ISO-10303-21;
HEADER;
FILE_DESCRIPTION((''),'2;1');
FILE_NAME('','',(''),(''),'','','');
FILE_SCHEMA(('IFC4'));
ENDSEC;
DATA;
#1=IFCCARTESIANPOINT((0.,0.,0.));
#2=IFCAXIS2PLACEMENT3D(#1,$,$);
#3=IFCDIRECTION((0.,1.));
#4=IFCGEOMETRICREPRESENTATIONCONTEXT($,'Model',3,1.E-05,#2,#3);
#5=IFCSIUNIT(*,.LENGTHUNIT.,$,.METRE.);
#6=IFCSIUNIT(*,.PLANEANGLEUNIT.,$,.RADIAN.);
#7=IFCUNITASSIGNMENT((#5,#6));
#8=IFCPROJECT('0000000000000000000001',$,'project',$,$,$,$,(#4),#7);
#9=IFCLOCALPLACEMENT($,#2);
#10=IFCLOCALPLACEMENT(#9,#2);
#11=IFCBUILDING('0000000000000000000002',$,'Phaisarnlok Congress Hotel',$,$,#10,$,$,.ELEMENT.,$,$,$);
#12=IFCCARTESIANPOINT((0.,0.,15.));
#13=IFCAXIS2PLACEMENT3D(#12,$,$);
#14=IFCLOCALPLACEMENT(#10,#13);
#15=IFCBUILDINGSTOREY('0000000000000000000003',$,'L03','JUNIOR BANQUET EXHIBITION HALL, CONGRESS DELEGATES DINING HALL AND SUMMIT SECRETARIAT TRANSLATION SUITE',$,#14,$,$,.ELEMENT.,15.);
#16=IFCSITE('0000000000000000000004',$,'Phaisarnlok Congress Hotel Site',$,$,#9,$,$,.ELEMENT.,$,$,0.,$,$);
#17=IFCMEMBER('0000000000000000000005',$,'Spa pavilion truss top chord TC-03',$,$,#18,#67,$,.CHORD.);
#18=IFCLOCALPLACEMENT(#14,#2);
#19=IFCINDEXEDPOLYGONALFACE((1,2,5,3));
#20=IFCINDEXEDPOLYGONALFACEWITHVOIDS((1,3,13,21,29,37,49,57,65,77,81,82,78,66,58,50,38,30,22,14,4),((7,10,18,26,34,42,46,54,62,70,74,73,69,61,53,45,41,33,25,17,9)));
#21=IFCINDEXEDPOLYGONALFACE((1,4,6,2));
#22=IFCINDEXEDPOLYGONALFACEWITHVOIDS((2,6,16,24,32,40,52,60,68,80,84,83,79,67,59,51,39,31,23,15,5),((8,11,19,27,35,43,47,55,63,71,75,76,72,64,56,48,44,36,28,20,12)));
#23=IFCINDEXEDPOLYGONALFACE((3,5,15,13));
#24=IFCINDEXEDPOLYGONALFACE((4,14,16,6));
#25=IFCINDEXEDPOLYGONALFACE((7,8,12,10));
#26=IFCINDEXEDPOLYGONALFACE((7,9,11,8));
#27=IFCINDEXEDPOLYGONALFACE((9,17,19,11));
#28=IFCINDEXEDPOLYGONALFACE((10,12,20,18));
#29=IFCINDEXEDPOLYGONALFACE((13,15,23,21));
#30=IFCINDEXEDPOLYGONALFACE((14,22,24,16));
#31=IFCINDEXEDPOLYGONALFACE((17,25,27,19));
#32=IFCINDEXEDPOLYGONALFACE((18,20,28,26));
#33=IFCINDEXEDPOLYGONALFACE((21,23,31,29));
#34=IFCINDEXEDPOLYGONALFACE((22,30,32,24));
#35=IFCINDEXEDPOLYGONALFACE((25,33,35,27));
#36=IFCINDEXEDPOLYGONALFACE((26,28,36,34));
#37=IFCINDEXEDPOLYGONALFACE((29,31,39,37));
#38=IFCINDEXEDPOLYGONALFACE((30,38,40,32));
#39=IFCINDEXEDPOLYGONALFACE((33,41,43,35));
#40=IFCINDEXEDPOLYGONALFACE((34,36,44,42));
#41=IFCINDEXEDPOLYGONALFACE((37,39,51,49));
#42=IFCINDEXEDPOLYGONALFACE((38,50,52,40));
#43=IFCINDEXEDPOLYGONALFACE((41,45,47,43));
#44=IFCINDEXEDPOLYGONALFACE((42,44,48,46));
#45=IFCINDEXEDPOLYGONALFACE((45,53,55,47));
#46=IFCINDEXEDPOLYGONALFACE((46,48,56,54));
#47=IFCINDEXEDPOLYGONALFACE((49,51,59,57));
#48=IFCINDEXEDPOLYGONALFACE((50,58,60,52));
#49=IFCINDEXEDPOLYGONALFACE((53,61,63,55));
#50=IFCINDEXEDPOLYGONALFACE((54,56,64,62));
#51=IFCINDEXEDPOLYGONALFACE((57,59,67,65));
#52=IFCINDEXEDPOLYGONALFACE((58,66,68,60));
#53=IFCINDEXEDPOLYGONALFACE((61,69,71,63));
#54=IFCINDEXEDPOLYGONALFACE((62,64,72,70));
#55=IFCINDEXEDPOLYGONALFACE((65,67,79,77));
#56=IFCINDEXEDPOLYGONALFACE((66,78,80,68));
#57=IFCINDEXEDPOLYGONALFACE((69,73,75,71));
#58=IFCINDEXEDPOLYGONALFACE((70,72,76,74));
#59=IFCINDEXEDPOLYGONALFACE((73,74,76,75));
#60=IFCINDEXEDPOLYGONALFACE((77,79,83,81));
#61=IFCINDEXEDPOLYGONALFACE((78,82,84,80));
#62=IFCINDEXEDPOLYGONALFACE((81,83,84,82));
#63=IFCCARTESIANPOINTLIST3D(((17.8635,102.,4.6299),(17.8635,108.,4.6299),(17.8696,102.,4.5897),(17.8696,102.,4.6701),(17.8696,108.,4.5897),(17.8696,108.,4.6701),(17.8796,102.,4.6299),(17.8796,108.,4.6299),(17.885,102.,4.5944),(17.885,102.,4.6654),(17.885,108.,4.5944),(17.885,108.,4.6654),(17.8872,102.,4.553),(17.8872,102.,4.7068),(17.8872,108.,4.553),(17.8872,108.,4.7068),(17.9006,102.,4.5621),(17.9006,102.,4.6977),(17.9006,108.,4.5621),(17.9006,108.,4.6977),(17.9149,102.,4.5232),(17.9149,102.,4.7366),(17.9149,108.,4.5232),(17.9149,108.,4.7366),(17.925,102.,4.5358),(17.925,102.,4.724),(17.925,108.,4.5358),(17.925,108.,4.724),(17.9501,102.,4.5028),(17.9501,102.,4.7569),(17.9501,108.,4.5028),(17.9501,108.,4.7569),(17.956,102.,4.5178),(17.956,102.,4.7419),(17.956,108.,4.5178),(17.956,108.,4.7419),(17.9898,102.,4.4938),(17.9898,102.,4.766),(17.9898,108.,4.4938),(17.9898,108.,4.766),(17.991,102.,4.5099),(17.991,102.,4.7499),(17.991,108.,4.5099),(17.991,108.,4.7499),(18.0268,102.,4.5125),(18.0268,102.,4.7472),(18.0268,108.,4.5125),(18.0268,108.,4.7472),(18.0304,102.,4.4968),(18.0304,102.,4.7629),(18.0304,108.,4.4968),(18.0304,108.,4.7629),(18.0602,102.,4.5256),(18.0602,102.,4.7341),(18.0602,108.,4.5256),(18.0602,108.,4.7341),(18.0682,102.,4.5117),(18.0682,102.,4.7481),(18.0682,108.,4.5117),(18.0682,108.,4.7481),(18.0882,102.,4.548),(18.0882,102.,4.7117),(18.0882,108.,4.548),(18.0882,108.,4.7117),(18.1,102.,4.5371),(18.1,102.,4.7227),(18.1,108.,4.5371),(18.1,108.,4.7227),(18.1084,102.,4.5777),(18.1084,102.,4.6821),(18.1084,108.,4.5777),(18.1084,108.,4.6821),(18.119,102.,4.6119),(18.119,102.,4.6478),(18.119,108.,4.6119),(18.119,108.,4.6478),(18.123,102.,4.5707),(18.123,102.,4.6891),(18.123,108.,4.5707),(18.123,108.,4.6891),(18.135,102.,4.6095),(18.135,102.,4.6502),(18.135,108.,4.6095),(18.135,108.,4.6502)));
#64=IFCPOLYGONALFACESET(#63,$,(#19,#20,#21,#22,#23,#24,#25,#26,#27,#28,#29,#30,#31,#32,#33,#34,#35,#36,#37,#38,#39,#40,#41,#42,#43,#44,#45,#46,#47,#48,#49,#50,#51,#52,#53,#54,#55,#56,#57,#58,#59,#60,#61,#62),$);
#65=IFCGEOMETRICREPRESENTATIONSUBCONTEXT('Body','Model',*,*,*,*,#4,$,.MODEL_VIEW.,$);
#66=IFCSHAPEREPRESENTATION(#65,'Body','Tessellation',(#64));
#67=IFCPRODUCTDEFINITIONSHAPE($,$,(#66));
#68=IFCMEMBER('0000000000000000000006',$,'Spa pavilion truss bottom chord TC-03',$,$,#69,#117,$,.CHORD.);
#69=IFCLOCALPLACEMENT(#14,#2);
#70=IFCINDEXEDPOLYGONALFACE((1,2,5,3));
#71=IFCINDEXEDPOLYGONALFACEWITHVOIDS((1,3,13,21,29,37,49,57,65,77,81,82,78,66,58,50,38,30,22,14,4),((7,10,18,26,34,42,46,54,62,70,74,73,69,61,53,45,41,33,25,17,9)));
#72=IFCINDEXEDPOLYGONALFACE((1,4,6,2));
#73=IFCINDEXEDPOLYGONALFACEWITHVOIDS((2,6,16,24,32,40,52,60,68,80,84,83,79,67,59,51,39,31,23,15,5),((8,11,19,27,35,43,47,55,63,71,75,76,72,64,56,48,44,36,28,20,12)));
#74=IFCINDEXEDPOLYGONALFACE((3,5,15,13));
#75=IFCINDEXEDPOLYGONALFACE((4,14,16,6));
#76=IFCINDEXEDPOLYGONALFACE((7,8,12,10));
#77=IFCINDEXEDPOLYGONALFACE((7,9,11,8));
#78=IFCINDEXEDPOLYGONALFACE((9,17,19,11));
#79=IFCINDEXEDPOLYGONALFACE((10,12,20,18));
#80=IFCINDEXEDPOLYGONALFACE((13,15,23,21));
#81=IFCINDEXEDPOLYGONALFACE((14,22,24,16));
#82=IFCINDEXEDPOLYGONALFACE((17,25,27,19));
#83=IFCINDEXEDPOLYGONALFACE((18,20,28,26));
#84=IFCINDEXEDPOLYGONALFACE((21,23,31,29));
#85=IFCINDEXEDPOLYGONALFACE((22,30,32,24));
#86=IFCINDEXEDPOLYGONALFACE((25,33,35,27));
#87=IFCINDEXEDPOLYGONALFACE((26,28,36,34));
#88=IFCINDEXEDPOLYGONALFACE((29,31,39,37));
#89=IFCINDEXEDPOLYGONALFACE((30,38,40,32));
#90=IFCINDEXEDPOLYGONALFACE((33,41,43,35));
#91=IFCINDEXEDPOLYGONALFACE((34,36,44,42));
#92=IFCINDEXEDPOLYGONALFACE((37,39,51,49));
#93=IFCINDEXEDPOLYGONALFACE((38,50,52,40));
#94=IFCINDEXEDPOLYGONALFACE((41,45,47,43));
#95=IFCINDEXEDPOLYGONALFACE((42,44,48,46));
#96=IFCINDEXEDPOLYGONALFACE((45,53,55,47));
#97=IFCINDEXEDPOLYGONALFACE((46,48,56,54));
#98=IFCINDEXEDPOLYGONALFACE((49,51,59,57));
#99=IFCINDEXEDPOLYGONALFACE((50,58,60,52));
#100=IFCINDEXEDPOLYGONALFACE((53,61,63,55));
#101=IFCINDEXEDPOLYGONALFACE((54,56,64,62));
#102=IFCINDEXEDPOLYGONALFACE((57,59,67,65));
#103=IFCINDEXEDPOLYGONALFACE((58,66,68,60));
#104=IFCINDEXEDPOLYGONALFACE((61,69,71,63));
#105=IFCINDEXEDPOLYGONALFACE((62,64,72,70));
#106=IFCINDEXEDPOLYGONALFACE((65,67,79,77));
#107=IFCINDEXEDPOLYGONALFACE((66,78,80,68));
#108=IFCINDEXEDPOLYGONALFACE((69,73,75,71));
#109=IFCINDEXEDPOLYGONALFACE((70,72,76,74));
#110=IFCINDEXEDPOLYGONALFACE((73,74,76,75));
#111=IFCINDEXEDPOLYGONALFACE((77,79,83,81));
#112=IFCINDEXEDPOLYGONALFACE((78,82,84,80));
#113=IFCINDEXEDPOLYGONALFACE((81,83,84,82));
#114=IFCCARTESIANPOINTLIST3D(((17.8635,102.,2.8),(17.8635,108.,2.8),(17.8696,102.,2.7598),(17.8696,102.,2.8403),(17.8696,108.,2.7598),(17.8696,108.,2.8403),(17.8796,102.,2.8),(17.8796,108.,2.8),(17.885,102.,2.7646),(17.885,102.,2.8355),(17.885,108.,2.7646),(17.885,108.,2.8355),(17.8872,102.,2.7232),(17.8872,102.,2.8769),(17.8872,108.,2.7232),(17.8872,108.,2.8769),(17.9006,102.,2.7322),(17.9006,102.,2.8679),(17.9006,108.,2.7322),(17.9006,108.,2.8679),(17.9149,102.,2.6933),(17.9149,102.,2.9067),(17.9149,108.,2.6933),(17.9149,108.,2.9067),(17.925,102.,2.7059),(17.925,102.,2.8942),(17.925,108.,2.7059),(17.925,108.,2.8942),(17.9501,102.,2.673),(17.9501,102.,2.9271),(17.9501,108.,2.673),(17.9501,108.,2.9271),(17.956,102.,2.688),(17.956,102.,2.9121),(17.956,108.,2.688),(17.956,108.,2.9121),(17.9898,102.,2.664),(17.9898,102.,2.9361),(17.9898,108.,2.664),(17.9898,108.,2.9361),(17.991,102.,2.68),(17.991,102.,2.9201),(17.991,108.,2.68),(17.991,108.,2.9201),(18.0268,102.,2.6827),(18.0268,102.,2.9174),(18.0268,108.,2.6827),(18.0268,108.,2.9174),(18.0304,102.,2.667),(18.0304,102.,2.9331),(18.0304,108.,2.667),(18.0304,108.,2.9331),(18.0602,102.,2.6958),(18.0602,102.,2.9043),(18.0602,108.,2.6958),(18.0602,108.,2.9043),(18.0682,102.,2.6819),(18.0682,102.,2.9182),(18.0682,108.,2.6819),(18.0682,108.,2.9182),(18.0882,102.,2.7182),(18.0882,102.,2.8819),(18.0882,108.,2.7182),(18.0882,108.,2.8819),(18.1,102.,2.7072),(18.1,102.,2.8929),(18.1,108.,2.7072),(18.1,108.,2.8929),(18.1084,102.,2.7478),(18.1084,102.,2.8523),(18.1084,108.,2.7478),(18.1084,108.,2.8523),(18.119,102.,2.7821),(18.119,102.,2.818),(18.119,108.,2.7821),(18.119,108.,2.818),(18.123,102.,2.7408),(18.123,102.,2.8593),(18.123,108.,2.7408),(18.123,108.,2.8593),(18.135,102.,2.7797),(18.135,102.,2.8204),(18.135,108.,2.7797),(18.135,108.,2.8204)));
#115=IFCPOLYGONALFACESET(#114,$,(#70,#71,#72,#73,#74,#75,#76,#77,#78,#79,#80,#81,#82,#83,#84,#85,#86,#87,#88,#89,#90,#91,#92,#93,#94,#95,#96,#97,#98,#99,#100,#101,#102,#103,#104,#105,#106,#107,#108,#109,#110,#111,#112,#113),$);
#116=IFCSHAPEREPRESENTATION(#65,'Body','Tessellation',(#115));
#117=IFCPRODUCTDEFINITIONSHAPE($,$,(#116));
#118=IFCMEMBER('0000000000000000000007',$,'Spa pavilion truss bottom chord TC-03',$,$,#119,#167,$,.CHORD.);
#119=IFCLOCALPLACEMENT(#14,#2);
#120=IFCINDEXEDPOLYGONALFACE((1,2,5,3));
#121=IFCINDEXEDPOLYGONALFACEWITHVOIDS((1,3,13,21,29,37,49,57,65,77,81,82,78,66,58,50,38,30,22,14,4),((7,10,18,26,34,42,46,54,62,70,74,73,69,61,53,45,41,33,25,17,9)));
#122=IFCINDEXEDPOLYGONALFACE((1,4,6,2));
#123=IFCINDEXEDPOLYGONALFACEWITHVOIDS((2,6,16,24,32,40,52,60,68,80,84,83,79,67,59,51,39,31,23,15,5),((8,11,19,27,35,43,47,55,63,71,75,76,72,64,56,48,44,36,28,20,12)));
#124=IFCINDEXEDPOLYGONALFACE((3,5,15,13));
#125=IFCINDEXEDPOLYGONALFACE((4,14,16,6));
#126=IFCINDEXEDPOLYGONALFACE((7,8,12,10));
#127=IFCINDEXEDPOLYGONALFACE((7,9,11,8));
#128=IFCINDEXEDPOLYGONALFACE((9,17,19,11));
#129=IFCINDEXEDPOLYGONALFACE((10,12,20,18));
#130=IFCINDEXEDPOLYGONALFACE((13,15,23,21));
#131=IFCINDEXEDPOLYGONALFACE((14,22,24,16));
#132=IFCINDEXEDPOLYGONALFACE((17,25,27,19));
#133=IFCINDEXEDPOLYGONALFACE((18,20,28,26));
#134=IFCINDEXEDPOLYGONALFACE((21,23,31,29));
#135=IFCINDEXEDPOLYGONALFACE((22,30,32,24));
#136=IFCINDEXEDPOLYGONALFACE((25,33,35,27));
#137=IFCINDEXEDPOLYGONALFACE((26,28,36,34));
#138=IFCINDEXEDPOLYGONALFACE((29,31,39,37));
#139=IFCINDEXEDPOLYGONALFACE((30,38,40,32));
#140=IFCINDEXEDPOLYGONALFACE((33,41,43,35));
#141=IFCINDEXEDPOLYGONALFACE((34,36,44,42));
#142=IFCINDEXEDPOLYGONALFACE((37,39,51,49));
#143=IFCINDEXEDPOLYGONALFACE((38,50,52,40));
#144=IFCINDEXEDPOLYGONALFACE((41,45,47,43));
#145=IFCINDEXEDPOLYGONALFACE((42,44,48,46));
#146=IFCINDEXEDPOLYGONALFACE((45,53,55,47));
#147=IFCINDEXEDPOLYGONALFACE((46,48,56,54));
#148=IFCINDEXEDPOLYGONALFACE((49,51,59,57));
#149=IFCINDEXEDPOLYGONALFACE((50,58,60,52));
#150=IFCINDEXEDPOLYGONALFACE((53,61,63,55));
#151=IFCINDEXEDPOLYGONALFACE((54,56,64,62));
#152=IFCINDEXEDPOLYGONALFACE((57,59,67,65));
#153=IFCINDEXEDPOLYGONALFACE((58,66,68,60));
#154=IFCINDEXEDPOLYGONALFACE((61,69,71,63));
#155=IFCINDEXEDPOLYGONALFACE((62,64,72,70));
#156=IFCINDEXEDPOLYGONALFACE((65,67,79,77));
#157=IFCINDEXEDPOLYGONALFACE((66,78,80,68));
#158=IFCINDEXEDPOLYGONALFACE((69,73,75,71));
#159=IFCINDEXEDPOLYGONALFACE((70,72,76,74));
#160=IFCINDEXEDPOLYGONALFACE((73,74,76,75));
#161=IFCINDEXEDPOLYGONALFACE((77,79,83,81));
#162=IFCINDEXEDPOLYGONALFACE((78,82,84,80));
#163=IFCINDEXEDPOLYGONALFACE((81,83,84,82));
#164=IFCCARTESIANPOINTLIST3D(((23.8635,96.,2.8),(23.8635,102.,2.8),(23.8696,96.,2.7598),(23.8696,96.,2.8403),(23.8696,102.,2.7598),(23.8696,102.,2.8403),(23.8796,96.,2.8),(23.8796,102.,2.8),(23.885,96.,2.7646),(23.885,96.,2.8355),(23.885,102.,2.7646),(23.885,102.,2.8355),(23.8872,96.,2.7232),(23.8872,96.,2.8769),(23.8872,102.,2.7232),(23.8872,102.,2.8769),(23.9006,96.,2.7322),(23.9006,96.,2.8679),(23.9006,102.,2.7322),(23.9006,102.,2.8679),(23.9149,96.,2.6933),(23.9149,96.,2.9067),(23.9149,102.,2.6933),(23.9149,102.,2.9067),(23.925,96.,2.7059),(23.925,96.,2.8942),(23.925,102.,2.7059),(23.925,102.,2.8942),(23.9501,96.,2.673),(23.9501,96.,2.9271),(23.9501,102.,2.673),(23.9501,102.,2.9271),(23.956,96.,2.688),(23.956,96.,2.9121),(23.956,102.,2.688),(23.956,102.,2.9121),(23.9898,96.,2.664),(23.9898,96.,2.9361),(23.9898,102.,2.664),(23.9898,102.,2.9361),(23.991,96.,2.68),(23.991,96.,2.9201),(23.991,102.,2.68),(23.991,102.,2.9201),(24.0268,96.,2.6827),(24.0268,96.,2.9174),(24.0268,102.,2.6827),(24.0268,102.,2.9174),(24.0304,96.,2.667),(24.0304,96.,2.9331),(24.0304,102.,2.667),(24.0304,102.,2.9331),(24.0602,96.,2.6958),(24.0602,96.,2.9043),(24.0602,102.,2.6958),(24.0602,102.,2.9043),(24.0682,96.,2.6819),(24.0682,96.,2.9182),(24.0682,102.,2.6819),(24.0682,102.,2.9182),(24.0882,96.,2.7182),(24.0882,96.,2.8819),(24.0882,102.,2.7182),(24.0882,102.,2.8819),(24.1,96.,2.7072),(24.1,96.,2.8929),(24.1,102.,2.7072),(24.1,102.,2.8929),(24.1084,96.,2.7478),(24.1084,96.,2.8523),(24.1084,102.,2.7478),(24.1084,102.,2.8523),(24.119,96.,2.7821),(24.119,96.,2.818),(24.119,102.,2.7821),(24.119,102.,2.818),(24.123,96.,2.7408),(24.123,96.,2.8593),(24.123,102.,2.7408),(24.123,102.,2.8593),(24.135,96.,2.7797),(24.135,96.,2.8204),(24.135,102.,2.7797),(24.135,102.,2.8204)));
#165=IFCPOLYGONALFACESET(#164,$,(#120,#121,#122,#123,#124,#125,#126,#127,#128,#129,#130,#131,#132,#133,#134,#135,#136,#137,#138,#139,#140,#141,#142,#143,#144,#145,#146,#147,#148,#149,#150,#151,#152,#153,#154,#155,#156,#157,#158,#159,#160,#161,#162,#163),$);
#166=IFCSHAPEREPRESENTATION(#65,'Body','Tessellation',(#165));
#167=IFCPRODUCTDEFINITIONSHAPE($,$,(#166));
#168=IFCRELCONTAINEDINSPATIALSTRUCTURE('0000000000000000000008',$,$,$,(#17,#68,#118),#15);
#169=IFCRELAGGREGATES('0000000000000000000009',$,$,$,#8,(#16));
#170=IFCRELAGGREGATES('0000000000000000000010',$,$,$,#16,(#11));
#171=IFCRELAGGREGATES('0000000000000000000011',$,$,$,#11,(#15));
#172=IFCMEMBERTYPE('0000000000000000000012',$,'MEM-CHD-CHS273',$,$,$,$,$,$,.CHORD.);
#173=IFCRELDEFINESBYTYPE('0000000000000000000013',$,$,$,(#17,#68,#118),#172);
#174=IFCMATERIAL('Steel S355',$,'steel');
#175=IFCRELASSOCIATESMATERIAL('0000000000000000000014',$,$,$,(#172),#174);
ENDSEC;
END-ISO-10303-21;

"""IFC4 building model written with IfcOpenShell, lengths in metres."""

from ifc_helpers import new_model, si_unit, direction, frame, origin, origin_2d, place, context, subcontext, project, spatial, hollow_circle, extrude, material, material_profile, profile_set, type_object, element, save


model = new_model("IFC4")

# Units and contexts
model_context = context("Model", 3, precision=1e-05, world=origin(), true_north=direction((0.0, 1.0)))
body_context = subcontext(model_context, "Body", "Model", "MODEL_VIEW")
ifc_project = project(units=[si_unit("LENGTHUNIT", "METRE"), si_unit("PLANEANGLEUNIT", "RADIAN")], contexts=[model_context])

# Site, building, storey
site_placement = place(None, origin())
site = spatial("IfcSite", under=ifc_project, at=site_placement, Name="Phaisarnlok Congress Hotel Site", CompositionType="ELEMENT", RefElevation=0.0)
building_placement = place(site_placement, origin())
building = spatial("IfcBuilding", under=site, at=building_placement, Name="Phaisarnlok Congress Hotel", CompositionType="ELEMENT")
storey_placement = place(building_placement, frame((0.0, 0.0, 15.0)))
storey = spatial("IfcBuildingStorey", under=building, at=storey_placement, Name="L03", Description="JUNIOR BANQUET EXHIBITION HALL, CONGRESS DELEGATES DINING HALL AND SUMMIT SECRETARIAT TRANSLATION SUITE", CompositionType="ELEMENT", Elevation=15.0)

# Members
ifc_material = material(Name="Steel S355", Category="steel")
ifc_material_profile_1 = material_profile(ifc_material, hollow_circle(Radius=0.1365, WallThickness=0.0161, at=origin_2d()), Name="CHS 273x16")
ifc_profile_set_1 = profile_set([ifc_material_profile_1], Name="Steel S355")
member_type_1 = type_object("IfcMemberType", Name="MEM-CHD-CHS273", PredefinedType="CHORD", material=ifc_profile_set_1)
for number, where, z_axis, x_axis, name in (
    (1, (18.0, 102.0, 4.6299), (0.0, 1.0, 0.0), (-1.0, 0.0, 0.0), "Spa pavilion truss top chord TC-03"),
    (2, (18.0, 102.0, 2.8), (0.0, 1.0, 0.0), (-1.0, 0.0, 0.0), "Spa pavilion truss bottom chord TC-03"),
    (3, (24.0, 96.0, 2.8), (0.0, 1.0, 0.0), (-1.0, 0.0, 0.0), "Spa pavilion truss bottom chord TC-03"),
):
    element("IfcMember", number, at=place(storey_placement, frame(where, z_axis=z_axis, x_axis=x_axis)), inside=storey, type_object=member_type_1, Name=name, PredefinedType="CHORD", context=body_context, shape_type="SweptSolid", body=[
        extrude(hollow_circle(Radius=0.1365, WallThickness=0.0161, at=origin_2d()), origin(), (0.0, 0.0, 1.0), 6.0),
    ])

save(model, "model.ifc")
